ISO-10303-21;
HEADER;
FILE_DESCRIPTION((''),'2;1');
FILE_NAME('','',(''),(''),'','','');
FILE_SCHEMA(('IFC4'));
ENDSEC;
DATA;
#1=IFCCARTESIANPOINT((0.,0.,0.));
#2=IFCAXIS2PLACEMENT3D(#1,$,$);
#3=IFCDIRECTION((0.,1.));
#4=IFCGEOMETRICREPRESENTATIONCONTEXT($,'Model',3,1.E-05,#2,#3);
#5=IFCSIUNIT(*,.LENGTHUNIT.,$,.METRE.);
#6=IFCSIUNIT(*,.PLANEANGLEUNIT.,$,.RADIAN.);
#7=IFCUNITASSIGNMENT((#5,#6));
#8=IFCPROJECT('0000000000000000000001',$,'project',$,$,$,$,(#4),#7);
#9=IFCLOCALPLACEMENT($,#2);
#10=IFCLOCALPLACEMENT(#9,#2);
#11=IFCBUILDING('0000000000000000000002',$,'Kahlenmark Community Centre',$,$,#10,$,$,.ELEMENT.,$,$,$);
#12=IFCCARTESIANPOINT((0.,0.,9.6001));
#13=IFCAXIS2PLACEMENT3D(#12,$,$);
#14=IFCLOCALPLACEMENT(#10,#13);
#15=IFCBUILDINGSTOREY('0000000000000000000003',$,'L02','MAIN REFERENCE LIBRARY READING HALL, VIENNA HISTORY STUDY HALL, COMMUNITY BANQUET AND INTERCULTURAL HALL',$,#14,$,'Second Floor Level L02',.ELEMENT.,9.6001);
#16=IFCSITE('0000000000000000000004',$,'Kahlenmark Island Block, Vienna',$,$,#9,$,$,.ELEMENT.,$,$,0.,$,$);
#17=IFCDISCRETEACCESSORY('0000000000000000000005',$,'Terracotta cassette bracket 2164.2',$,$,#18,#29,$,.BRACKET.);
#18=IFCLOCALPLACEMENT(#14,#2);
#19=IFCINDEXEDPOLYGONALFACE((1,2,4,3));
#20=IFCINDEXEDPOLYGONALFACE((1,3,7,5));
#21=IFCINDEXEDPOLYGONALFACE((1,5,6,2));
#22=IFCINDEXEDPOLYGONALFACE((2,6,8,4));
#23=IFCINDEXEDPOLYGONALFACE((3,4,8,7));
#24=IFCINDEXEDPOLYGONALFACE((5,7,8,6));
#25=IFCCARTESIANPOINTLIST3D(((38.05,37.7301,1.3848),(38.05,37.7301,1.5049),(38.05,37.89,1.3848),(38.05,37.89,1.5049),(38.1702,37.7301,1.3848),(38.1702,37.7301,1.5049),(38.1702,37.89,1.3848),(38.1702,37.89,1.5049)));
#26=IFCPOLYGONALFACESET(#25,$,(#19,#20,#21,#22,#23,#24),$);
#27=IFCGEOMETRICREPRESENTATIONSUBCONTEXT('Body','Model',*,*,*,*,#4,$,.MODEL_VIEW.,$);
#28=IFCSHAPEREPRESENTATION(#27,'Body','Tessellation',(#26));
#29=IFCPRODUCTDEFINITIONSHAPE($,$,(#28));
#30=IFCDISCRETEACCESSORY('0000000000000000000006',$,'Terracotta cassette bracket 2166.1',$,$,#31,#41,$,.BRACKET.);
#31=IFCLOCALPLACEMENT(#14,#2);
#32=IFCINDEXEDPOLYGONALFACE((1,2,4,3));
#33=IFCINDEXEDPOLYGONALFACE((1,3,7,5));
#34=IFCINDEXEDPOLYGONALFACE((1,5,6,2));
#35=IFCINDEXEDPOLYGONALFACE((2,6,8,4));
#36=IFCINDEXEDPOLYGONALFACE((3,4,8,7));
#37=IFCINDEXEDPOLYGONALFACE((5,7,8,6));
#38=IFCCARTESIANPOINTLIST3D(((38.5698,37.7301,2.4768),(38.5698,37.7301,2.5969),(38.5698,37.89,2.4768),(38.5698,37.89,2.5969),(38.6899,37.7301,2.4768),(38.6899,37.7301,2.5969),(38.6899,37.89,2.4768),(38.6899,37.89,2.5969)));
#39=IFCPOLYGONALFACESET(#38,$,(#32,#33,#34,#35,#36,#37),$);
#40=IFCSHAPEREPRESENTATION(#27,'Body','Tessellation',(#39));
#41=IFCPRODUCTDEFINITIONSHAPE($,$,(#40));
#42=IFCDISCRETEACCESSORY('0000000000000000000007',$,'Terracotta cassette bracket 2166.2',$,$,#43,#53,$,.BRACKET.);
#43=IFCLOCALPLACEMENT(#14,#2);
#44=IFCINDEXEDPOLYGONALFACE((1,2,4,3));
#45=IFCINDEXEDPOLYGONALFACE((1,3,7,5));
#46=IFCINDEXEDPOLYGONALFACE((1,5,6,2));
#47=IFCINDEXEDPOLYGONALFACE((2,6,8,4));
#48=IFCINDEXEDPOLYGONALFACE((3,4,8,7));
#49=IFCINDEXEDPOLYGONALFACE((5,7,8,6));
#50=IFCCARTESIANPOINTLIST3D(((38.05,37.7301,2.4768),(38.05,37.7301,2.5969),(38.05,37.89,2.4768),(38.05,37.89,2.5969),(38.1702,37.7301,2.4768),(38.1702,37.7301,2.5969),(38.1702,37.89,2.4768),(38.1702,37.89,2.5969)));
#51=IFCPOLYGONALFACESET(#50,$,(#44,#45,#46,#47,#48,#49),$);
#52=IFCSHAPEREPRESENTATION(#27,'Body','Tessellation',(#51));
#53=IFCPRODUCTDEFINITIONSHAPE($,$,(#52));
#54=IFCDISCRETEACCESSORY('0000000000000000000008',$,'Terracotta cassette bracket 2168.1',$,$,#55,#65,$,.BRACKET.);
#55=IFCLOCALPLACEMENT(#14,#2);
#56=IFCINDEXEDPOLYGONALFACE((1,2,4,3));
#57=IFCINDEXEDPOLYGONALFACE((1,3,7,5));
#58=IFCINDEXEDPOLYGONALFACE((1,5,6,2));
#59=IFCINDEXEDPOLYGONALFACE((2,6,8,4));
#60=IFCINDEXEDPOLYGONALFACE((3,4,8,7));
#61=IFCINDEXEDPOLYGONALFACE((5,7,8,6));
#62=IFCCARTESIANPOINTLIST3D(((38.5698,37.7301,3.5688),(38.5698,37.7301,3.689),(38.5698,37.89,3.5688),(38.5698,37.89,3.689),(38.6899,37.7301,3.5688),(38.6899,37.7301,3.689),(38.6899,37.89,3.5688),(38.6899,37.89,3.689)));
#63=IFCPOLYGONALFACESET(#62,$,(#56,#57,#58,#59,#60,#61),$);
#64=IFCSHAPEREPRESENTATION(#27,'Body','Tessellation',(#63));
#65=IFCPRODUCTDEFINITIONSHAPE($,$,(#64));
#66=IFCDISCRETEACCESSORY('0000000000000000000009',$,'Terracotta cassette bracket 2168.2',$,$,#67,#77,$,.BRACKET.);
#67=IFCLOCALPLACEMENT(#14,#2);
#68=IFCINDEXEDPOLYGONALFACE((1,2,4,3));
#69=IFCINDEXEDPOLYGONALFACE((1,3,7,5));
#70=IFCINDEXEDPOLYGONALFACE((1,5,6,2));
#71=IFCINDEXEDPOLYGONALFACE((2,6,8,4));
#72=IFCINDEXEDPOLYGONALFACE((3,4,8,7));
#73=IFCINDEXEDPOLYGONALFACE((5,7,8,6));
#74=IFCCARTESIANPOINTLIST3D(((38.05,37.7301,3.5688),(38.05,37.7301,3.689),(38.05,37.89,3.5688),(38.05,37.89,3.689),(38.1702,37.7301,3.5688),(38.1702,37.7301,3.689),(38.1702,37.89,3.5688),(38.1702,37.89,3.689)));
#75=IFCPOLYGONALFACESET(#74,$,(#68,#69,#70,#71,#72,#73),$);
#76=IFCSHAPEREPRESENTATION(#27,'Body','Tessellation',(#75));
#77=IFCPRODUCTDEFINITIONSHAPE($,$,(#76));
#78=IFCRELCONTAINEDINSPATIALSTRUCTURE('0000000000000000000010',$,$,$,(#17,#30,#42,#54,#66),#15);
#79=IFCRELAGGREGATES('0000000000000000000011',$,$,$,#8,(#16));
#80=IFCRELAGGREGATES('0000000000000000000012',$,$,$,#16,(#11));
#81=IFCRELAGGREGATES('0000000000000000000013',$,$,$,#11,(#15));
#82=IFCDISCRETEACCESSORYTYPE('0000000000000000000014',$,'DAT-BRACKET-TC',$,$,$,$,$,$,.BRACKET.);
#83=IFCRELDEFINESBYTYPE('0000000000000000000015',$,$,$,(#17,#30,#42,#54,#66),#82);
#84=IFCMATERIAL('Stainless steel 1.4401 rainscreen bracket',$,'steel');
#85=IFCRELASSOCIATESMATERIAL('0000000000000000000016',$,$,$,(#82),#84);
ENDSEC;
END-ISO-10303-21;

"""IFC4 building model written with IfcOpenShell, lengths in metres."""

from ifc_helpers import new_model, si_unit, direction, frame, origin, origin_2d, place, context, subcontext, project, spatial, rectangle, extrude, material, type_object, element, save


model = new_model("IFC4")

# Units and contexts
model_context = context("Model", 3, precision=1e-05, world=origin(), true_north=direction((0.0, 1.0)))
body_context = subcontext(model_context, "Body", "Model", "MODEL_VIEW")
ifc_project = project(units=[si_unit("LENGTHUNIT", "METRE"), si_unit("PLANEANGLEUNIT", "RADIAN")], contexts=[model_context])

# Site, building, storey
site_placement = place(None, origin())
site = spatial("IfcSite", under=ifc_project, at=site_placement, Name="Kahlenmark Island Block, Vienna", CompositionType="ELEMENT", RefElevation=0.0)
building_placement = place(site_placement, origin())
building = spatial("IfcBuilding", under=site, at=building_placement, Name="Kahlenmark Community Centre", CompositionType="ELEMENT")
storey_placement = place(building_placement, frame((0.0, 0.0, 9.6001)))
storey = spatial("IfcBuildingStorey", under=building, at=storey_placement, Name="L02", Description="MAIN REFERENCE LIBRARY READING HALL, VIENNA HISTORY STUDY HALL, COMMUNITY BANQUET AND INTERCULTURAL HALL", LongName="Second Floor Level L02", CompositionType="ELEMENT", Elevation=9.6001)

# Discrete accessories
ifc_material_1 = material(Name="Stainless steel 1.4401 rainscreen bracket", Category="steel")
discrete_accessory_type = type_object("IfcDiscreteAccessoryType", Name="DAT-BRACKET-TC", PredefinedType="BRACKET", material=ifc_material_1)
for number, where, z_axis, x_axis, name in (
    (1, (38.1101, 37.8101, 1.3848), (0.0, 0.0, 1.0), (-1.0, 0.0, 0.0), "Terracotta cassette bracket 2164.2"),
    (2, (38.6299, 37.8101, 2.4768), (0.0, 0.0, 1.0), (-1.0, 0.0, 0.0), "Terracotta cassette bracket 2166.1"),
    (3, (38.1101, 37.8101, 2.4768), (0.0, 0.0, 1.0), (-1.0, 0.0, 0.0), "Terracotta cassette bracket 2166.2"),
    (4, (38.6299, 37.8101, 3.5688), (0.0, 0.0, 1.0), (-1.0, 0.0, 0.0), "Terracotta cassette bracket 2168.1"),
    (5, (38.1101, 37.8101, 3.5688), (0.0, 0.0, 1.0), (-1.0, 0.0, 0.0), "Terracotta cassette bracket 2168.2"),
):
    element("IfcDiscreteAccessory", number, at=place(storey_placement, frame(where, z_axis=z_axis, x_axis=x_axis)), inside=storey, type_object=discrete_accessory_type, Name=name, PredefinedType="BRACKET", context=body_context, shape_type="SweptSolid", body=[
        extrude(rectangle(XDim=0.1201, YDim=0.1599, at=origin_2d()), origin(), (0.0, 0.0, 1.0), 0.1201),
    ])

save(model, "model.ifc")
